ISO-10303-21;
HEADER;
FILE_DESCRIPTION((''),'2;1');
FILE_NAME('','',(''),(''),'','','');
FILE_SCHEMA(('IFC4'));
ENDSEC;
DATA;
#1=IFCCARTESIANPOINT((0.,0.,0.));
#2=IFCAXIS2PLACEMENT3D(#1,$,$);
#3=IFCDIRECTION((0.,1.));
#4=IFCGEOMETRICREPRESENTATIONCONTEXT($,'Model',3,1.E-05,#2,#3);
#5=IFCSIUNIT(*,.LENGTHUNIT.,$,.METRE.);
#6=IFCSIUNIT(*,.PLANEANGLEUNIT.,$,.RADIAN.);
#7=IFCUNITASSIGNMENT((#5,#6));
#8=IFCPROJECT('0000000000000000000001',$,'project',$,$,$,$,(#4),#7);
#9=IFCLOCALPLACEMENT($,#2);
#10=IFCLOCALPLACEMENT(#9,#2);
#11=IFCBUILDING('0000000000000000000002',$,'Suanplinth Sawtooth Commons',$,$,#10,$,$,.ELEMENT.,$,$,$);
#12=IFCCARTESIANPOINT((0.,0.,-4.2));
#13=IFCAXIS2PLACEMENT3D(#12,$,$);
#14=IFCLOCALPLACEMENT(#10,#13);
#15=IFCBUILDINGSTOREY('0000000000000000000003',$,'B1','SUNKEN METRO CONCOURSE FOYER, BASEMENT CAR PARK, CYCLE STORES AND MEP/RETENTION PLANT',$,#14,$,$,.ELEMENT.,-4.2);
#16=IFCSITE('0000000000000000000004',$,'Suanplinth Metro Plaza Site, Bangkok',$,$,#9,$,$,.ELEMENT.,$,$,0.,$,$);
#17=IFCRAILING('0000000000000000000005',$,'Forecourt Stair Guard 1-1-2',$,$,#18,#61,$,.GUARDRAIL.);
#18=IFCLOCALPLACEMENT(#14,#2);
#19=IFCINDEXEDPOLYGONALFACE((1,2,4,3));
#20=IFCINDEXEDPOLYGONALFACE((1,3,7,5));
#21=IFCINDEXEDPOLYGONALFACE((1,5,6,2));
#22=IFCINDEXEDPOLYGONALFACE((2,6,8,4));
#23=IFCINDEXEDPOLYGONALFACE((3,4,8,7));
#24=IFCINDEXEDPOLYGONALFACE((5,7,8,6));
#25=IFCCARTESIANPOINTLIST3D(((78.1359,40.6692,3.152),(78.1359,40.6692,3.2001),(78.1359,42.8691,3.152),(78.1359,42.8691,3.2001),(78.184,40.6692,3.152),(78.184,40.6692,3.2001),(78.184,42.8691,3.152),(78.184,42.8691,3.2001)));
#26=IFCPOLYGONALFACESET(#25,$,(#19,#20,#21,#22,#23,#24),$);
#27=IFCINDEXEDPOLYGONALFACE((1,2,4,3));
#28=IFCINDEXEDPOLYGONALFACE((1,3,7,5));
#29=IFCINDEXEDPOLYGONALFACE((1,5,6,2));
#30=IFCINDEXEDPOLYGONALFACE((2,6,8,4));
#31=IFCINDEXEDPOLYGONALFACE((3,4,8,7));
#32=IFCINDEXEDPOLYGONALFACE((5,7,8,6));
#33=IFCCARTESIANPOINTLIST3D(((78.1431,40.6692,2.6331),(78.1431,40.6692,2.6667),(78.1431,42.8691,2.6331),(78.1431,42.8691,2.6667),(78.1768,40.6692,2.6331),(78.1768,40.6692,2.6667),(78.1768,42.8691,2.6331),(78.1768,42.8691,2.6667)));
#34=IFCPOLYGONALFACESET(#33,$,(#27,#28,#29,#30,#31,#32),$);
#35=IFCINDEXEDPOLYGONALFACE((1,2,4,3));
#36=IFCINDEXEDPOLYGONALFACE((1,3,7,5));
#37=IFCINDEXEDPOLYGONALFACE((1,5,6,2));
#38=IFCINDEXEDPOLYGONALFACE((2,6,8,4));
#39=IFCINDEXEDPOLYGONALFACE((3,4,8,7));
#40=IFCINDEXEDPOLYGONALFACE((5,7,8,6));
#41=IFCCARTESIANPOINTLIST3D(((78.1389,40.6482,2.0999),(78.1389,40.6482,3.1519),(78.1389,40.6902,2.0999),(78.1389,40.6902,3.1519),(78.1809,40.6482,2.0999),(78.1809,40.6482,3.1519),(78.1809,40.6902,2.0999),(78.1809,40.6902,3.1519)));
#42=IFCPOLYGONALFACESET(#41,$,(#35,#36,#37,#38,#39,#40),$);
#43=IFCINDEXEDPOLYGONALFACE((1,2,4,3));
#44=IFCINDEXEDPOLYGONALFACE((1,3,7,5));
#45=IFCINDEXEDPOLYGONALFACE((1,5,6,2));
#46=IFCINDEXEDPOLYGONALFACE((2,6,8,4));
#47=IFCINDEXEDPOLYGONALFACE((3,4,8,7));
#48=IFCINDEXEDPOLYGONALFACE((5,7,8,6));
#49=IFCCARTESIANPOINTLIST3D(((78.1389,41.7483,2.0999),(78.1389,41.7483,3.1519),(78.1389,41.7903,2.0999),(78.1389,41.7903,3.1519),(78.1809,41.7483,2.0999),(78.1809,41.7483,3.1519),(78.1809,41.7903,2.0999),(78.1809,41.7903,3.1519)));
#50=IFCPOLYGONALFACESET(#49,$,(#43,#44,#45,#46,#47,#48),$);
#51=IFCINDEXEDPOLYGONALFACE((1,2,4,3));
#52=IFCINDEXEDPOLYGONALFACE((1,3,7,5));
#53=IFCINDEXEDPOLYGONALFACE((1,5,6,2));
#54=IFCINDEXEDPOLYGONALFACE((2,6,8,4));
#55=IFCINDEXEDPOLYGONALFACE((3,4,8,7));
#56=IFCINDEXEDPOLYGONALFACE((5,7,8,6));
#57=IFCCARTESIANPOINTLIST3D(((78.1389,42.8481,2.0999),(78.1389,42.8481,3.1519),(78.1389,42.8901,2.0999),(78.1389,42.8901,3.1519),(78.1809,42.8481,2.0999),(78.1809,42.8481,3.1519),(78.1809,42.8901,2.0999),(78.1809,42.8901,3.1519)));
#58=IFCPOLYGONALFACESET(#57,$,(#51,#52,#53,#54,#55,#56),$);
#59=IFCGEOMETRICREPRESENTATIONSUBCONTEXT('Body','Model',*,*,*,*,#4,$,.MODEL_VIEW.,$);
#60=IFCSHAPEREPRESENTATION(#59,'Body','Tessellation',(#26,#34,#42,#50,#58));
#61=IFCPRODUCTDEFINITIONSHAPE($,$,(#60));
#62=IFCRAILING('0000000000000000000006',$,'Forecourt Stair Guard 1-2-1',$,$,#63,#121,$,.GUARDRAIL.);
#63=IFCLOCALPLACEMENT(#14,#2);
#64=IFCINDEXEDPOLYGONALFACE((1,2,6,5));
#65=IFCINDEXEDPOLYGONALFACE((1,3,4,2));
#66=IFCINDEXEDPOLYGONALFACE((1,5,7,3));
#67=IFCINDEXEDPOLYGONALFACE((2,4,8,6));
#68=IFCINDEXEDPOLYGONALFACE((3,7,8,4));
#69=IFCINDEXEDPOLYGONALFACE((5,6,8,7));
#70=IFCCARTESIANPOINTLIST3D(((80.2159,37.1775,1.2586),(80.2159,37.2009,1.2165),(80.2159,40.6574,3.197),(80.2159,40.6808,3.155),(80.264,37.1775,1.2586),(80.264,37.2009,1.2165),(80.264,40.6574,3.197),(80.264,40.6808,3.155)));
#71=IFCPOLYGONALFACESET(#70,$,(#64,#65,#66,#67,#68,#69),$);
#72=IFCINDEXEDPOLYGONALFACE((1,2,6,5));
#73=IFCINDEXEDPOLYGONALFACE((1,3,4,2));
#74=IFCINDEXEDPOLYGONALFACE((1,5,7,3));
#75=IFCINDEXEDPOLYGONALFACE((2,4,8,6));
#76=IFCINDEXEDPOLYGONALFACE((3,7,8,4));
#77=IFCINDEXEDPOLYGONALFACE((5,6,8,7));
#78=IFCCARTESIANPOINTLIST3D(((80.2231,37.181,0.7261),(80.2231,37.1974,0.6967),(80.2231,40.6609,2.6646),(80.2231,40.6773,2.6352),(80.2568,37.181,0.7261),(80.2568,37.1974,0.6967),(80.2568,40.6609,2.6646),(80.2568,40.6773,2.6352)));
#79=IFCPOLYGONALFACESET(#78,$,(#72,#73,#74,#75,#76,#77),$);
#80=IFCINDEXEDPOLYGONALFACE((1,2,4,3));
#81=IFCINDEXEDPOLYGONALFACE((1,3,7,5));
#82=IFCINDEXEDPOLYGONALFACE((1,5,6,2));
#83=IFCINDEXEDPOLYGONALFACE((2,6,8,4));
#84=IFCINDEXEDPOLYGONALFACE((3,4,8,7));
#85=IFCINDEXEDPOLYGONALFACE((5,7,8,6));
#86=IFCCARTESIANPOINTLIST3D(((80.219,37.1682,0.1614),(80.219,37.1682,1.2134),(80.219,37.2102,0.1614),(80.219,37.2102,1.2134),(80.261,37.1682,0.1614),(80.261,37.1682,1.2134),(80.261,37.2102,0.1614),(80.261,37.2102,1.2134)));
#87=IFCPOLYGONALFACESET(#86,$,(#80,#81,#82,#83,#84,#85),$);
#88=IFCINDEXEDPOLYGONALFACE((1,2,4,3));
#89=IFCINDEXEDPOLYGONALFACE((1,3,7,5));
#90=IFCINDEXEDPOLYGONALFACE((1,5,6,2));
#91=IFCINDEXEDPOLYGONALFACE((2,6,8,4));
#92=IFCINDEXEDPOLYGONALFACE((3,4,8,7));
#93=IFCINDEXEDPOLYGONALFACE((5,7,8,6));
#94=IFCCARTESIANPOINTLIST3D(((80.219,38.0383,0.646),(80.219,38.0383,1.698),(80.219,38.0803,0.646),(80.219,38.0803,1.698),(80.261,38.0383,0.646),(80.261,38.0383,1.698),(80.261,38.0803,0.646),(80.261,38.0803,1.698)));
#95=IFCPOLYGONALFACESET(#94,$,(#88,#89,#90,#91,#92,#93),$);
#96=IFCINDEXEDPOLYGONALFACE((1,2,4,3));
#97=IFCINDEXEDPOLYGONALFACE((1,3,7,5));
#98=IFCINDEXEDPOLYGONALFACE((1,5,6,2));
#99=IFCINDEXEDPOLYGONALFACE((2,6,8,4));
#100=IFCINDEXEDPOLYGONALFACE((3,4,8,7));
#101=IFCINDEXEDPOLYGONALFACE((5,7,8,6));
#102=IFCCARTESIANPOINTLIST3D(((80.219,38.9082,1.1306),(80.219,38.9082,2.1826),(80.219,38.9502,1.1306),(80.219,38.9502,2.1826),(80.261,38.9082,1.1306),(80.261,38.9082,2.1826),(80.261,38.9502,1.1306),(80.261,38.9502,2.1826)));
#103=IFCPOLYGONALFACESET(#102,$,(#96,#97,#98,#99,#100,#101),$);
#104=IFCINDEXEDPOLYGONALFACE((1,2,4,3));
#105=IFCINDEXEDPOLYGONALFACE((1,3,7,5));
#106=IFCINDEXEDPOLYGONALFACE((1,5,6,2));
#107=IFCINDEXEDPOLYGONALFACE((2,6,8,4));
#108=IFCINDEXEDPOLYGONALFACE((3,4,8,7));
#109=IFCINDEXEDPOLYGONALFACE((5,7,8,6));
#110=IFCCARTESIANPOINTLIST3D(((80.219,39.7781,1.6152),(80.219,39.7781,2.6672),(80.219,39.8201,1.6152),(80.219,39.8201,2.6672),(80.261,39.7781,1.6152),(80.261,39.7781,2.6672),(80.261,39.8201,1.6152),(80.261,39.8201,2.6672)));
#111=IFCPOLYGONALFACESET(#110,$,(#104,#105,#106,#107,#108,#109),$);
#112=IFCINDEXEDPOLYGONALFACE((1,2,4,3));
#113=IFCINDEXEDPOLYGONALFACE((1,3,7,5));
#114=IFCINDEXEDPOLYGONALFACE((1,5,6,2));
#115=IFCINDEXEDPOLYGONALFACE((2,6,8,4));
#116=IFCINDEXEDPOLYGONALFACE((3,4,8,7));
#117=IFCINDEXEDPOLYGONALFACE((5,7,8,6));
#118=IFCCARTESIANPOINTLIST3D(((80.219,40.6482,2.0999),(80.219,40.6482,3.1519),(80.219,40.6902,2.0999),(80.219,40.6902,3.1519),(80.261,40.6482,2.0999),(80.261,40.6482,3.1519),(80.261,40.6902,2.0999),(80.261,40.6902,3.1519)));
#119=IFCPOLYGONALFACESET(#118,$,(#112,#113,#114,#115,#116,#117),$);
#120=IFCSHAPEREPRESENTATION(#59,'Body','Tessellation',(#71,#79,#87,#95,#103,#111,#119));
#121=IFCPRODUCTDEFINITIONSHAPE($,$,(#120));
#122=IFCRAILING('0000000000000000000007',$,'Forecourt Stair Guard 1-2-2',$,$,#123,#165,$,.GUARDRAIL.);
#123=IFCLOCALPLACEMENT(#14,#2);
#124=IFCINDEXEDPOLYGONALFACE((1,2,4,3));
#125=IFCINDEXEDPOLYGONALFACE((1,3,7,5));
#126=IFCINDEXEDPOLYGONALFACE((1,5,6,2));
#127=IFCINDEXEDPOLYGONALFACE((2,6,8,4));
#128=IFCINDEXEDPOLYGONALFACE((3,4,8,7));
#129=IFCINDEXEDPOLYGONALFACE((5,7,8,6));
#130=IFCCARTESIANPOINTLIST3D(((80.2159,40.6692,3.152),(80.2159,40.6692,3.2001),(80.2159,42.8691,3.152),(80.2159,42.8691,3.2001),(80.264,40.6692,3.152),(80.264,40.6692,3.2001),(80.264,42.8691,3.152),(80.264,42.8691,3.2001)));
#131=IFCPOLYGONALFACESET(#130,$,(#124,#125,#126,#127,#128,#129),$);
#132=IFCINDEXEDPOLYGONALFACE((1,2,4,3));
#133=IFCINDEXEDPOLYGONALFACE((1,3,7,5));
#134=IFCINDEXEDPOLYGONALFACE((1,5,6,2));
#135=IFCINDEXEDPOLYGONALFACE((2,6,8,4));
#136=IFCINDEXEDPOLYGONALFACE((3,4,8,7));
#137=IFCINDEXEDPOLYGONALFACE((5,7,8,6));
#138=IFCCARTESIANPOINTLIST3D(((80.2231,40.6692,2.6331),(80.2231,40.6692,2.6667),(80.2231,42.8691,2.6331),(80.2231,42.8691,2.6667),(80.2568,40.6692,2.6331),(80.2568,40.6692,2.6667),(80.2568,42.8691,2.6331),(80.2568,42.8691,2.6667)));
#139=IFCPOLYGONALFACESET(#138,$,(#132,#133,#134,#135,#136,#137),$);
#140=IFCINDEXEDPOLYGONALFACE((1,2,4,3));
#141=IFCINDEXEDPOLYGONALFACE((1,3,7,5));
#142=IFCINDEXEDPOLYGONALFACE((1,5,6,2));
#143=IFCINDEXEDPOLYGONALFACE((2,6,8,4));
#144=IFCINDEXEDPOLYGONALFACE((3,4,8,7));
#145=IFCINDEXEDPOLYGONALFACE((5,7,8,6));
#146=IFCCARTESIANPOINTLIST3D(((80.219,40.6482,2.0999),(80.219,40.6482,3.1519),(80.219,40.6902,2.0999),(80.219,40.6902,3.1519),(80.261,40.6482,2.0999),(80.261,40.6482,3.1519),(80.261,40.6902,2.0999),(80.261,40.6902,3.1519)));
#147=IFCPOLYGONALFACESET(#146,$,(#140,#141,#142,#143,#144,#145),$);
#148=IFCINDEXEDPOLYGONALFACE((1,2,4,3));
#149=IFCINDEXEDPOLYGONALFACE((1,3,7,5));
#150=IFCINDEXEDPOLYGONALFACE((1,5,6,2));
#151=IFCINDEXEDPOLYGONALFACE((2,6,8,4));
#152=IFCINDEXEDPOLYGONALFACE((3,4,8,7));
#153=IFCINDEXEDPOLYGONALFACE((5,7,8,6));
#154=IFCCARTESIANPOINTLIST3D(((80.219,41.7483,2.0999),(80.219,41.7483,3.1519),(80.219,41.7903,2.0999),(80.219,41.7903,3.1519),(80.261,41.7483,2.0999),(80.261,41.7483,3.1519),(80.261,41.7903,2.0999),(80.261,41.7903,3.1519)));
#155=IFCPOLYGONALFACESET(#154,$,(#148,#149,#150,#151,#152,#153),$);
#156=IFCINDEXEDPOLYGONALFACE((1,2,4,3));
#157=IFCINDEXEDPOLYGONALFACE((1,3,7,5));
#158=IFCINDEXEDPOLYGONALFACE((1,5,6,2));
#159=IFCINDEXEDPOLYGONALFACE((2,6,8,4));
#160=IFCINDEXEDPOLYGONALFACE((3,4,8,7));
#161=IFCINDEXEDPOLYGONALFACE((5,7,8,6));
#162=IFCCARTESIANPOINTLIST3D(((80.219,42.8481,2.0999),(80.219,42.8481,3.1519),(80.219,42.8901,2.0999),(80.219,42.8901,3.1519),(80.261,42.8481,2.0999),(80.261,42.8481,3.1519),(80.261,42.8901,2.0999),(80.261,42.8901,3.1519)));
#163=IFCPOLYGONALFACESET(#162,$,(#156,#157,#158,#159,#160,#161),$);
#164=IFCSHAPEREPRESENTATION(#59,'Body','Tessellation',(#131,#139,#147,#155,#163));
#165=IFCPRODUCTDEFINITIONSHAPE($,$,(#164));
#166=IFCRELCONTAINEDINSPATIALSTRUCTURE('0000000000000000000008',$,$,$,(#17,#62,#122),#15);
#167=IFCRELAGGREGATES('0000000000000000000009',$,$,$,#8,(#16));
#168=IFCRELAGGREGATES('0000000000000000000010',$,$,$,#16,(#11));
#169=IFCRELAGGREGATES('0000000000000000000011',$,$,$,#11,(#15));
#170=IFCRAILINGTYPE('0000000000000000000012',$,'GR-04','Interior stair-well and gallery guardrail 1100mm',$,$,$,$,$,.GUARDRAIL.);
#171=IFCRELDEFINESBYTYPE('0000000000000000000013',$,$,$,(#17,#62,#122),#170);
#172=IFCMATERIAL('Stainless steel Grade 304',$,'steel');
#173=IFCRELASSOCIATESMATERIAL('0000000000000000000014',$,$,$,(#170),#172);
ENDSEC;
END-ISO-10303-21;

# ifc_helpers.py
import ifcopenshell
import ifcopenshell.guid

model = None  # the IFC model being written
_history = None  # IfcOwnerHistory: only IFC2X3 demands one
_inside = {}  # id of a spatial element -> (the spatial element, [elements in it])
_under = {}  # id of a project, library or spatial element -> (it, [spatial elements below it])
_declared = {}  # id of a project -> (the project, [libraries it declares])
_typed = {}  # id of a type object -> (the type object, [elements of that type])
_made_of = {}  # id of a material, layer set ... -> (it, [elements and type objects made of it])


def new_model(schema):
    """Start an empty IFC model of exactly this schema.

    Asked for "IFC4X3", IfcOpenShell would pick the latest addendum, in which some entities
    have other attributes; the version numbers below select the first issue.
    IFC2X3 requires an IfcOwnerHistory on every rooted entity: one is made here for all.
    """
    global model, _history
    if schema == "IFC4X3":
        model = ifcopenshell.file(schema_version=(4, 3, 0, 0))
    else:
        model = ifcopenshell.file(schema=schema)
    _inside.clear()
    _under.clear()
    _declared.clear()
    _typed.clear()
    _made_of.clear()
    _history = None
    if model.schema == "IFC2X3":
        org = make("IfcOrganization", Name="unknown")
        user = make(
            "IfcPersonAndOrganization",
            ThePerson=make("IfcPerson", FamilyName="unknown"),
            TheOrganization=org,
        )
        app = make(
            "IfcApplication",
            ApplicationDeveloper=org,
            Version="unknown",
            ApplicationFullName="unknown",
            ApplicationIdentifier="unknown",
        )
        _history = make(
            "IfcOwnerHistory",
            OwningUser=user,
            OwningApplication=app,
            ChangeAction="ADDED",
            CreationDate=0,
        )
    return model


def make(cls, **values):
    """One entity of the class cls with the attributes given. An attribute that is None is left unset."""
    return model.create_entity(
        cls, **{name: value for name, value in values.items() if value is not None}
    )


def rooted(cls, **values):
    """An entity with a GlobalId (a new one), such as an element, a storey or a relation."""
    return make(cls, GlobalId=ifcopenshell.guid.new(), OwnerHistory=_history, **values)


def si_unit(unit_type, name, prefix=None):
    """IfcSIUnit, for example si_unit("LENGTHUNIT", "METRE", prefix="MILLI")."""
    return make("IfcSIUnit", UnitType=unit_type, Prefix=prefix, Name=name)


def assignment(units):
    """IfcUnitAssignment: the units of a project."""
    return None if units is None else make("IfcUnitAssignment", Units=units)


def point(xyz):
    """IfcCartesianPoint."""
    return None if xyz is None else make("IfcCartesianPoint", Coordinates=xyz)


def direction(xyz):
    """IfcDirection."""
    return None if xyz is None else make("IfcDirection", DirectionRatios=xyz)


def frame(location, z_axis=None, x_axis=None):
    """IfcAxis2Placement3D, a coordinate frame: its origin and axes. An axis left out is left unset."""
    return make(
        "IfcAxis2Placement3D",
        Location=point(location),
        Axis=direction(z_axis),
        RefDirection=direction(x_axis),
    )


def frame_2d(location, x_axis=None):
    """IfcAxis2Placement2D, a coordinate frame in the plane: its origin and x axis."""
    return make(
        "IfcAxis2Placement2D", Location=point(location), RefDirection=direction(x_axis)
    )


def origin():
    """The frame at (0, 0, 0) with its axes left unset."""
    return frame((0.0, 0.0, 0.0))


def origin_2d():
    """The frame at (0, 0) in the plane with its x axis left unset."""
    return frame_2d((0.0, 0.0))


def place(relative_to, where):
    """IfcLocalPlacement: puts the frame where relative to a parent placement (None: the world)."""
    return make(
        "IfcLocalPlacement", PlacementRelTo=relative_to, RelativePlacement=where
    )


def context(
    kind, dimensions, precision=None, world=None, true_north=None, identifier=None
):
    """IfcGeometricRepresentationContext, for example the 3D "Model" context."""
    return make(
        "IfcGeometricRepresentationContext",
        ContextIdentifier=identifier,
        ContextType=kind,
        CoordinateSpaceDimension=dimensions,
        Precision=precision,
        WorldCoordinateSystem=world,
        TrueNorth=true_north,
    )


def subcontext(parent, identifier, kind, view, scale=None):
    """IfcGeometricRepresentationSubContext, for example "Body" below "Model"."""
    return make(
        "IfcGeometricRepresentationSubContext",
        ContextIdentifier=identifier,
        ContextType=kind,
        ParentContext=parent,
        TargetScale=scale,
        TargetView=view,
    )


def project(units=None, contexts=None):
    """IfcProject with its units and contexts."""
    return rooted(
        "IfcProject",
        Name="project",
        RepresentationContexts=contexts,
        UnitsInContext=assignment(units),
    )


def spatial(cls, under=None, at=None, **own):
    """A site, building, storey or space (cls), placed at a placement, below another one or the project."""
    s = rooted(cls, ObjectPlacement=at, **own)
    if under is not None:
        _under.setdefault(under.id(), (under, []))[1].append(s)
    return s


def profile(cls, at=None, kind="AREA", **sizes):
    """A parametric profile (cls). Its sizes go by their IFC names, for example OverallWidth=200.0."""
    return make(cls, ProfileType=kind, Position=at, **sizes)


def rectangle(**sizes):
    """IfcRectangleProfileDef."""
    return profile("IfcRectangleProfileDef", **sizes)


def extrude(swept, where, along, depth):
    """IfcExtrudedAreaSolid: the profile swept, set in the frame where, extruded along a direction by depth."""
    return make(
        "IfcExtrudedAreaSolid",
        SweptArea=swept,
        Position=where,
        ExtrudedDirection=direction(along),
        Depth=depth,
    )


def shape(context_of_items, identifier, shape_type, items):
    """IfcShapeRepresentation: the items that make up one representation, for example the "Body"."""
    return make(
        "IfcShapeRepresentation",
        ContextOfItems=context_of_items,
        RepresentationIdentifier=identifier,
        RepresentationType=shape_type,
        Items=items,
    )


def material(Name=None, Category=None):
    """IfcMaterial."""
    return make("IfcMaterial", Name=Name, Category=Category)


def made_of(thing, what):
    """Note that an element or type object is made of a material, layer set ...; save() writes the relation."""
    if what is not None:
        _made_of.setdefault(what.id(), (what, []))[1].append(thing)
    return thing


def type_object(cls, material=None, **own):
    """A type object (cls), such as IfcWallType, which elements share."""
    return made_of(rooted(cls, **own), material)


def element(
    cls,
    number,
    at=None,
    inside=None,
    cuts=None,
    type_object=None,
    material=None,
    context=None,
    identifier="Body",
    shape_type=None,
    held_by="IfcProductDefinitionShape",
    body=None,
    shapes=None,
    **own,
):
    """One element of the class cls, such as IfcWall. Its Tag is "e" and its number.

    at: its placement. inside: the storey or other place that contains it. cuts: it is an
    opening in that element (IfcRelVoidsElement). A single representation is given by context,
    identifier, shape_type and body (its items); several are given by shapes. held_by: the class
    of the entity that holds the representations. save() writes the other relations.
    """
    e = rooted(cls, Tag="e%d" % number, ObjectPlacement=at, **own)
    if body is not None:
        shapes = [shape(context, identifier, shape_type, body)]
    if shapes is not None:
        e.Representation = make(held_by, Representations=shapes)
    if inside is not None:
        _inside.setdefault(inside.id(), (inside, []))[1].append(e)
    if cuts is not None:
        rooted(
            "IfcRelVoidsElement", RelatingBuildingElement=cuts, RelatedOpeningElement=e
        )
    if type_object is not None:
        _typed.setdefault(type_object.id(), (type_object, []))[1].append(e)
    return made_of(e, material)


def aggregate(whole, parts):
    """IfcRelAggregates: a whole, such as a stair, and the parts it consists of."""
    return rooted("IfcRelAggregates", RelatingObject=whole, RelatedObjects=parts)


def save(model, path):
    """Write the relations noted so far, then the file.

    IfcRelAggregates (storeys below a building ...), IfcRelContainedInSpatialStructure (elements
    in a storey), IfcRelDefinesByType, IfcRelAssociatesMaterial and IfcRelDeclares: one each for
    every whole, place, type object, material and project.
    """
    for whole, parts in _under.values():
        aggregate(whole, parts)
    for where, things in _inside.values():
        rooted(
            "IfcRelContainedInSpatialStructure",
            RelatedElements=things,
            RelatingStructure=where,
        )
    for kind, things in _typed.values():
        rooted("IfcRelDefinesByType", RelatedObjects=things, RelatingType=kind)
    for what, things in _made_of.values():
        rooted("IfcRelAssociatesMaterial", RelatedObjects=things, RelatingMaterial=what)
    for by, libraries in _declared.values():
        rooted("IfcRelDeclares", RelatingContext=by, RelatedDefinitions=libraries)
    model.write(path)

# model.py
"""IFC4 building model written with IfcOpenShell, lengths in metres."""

from ifc_helpers import new_model, si_unit, direction, frame, origin, origin_2d, place, context, subcontext, project, spatial, rectangle, extrude, material, type_object, element, save


model = new_model("IFC4")

# Units and contexts
model_context = context("Model", 3, precision=1e-05, world=origin(), true_north=direction((0.0, 1.0)))
body_context = subcontext(model_context, "Body", "Model", "MODEL_VIEW")
ifc_project = project(units=[si_unit("LENGTHUNIT", "METRE"), si_unit("PLANEANGLEUNIT", "RADIAN")], contexts=[model_context])

# Site, building, storey
site_placement = place(None, origin())
site = spatial("IfcSite", under=ifc_project, at=site_placement, Name="Suanplinth Metro Plaza Site, Bangkok", CompositionType="ELEMENT", RefElevation=0.0)
building_placement = place(site_placement, origin())
building = spatial("IfcBuilding", under=site, at=building_placement, Name="Suanplinth Sawtooth Commons", CompositionType="ELEMENT")
storey_placement = place(building_placement, frame((0.0, 0.0, -4.2)))
storey = spatial("IfcBuildingStorey", under=building, at=storey_placement, Name="B1", Description="SUNKEN METRO CONCOURSE FOYER, BASEMENT CAR PARK, CYCLE STORES AND MEP/RETENTION PLANT", CompositionType="ELEMENT", Elevation=-4.2)

# Railings
ifc_material_1 = material(Name="Stainless steel Grade 304", Category="steel")
railing_type_1 = type_object("IfcRailingType", Name="GR-04", Description="Interior stair-well and gallery guardrail 1100mm", PredefinedType="GUARDRAIL", material=ifc_material_1)
railing_1_placement = place(storey_placement, frame((78.1599, 40.6692, 2.0999)))
element("IfcRailing", 1, at=railing_1_placement, inside=storey, type_object=railing_type_1, Name="Forecourt Stair Guard 1-1-2", PredefinedType="GUARDRAIL", context=body_context, shape_type="SweptSolid", body=[
    extrude(rectangle(XDim=0.0481, YDim=0.0481, at=origin_2d()), frame((0.0, 0.0, 1.0762), z_axis=(0.0, 1.0, 0.0), x_axis=(-1.0, 0.0, 0.0)), (0.0, 0.0, 1.0), 2.2),
    extrude(rectangle(XDim=0.0337, YDim=0.0337, at=origin_2d()), frame((0.0, 0.0, 0.55), z_axis=(0.0, 1.0, 0.0), x_axis=(-1.0, 0.0, 0.0)), (0.0, 0.0, 1.0), 2.2),
    extrude(rectangle(XDim=0.042, YDim=0.042, at=origin_2d()), origin(), (0.0, 0.0, 1.0), 1.052),
    extrude(rectangle(XDim=0.042, YDim=0.042, at=origin_2d()), frame((0.0, 1.1001, 0.0)), (0.0, 0.0, 1.0), 1.052),
    extrude(rectangle(XDim=0.042, YDim=0.042, at=origin_2d()), frame((0.0, 2.2, 0.0)), (0.0, 0.0, 1.0), 1.052),
])
railing_2_placement = place(storey_placement, frame((80.24, 37.1892, 0.1614)))
element("IfcRailing", 2, at=railing_2_placement, inside=storey, type_object=railing_type_1, Name="Forecourt Stair Guard 1-2-1", PredefinedType="GUARDRAIL", context=body_context, shape_type="SweptSolid", body=[
    extrude(rectangle(XDim=0.0481, YDim=0.0481, at=origin_2d()), frame((0.0, 0.0, 1.0762), z_axis=(0.0, 0.873607, 0.486631), x_axis=(-1.0, 0.0, 0.0)), (0.0, 0.0, 1.0), 3.9834),
    extrude(rectangle(XDim=0.0337, YDim=0.0337, at=origin_2d()), frame((0.0, 0.0, 0.55), z_axis=(0.0, 0.873607, 0.486631), x_axis=(-1.0, 0.0, 0.0)), (0.0, 0.0, 1.0), 3.9834),
    extrude(rectangle(XDim=0.042, YDim=0.042, at=origin_2d()), origin(), (0.0, 0.0, 1.0), 1.052),
    extrude(rectangle(XDim=0.042, YDim=0.042, at=origin_2d()), frame((0.0, 0.8701, 0.4846)), (0.0, 0.0, 1.0), 1.052),
    extrude(rectangle(XDim=0.042, YDim=0.042, at=origin_2d()), frame((0.0, 1.74, 0.9692)), (0.0, 0.0, 1.0), 1.052),
    extrude(rectangle(XDim=0.042, YDim=0.042, at=origin_2d()), frame((0.0, 2.6099, 1.4539)), (0.0, 0.0, 1.0), 1.052),
    extrude(rectangle(XDim=0.042, YDim=0.042, at=origin_2d()), frame((0.0, 3.48, 1.9385)), (0.0, 0.0, 1.0), 1.052),
])
railing_3_placement = place(storey_placement, frame((80.24, 40.6692, 2.0999)))
element("IfcRailing", 3, at=railing_3_placement, inside=storey, type_object=railing_type_1, Name="Forecourt Stair Guard 1-2-2", PredefinedType="GUARDRAIL", context=body_context, shape_type="SweptSolid", body=[
    extrude(rectangle(XDim=0.0481, YDim=0.0481, at=origin_2d()), frame((0.0, 0.0, 1.0762), z_axis=(0.0, 1.0, 0.0), x_axis=(-1.0, 0.0, 0.0)), (0.0, 0.0, 1.0), 2.2),
    extrude(rectangle(XDim=0.0337, YDim=0.0337, at=origin_2d()), frame((0.0, 0.0, 0.55), z_axis=(0.0, 1.0, 0.0), x_axis=(-1.0, 0.0, 0.0)), (0.0, 0.0, 1.0), 2.2),
    extrude(rectangle(XDim=0.042, YDim=0.042, at=origin_2d()), origin(), (0.0, 0.0, 1.0), 1.052),
    extrude(rectangle(XDim=0.042, YDim=0.042, at=origin_2d()), frame((0.0, 1.1001, 0.0)), (0.0, 0.0, 1.0), 1.052),
    extrude(rectangle(XDim=0.042, YDim=0.042, at=origin_2d()), frame((0.0, 2.2, 0.0)), (0.0, 0.0, 1.0), 1.052),
])

save(model, "model.ifc")
